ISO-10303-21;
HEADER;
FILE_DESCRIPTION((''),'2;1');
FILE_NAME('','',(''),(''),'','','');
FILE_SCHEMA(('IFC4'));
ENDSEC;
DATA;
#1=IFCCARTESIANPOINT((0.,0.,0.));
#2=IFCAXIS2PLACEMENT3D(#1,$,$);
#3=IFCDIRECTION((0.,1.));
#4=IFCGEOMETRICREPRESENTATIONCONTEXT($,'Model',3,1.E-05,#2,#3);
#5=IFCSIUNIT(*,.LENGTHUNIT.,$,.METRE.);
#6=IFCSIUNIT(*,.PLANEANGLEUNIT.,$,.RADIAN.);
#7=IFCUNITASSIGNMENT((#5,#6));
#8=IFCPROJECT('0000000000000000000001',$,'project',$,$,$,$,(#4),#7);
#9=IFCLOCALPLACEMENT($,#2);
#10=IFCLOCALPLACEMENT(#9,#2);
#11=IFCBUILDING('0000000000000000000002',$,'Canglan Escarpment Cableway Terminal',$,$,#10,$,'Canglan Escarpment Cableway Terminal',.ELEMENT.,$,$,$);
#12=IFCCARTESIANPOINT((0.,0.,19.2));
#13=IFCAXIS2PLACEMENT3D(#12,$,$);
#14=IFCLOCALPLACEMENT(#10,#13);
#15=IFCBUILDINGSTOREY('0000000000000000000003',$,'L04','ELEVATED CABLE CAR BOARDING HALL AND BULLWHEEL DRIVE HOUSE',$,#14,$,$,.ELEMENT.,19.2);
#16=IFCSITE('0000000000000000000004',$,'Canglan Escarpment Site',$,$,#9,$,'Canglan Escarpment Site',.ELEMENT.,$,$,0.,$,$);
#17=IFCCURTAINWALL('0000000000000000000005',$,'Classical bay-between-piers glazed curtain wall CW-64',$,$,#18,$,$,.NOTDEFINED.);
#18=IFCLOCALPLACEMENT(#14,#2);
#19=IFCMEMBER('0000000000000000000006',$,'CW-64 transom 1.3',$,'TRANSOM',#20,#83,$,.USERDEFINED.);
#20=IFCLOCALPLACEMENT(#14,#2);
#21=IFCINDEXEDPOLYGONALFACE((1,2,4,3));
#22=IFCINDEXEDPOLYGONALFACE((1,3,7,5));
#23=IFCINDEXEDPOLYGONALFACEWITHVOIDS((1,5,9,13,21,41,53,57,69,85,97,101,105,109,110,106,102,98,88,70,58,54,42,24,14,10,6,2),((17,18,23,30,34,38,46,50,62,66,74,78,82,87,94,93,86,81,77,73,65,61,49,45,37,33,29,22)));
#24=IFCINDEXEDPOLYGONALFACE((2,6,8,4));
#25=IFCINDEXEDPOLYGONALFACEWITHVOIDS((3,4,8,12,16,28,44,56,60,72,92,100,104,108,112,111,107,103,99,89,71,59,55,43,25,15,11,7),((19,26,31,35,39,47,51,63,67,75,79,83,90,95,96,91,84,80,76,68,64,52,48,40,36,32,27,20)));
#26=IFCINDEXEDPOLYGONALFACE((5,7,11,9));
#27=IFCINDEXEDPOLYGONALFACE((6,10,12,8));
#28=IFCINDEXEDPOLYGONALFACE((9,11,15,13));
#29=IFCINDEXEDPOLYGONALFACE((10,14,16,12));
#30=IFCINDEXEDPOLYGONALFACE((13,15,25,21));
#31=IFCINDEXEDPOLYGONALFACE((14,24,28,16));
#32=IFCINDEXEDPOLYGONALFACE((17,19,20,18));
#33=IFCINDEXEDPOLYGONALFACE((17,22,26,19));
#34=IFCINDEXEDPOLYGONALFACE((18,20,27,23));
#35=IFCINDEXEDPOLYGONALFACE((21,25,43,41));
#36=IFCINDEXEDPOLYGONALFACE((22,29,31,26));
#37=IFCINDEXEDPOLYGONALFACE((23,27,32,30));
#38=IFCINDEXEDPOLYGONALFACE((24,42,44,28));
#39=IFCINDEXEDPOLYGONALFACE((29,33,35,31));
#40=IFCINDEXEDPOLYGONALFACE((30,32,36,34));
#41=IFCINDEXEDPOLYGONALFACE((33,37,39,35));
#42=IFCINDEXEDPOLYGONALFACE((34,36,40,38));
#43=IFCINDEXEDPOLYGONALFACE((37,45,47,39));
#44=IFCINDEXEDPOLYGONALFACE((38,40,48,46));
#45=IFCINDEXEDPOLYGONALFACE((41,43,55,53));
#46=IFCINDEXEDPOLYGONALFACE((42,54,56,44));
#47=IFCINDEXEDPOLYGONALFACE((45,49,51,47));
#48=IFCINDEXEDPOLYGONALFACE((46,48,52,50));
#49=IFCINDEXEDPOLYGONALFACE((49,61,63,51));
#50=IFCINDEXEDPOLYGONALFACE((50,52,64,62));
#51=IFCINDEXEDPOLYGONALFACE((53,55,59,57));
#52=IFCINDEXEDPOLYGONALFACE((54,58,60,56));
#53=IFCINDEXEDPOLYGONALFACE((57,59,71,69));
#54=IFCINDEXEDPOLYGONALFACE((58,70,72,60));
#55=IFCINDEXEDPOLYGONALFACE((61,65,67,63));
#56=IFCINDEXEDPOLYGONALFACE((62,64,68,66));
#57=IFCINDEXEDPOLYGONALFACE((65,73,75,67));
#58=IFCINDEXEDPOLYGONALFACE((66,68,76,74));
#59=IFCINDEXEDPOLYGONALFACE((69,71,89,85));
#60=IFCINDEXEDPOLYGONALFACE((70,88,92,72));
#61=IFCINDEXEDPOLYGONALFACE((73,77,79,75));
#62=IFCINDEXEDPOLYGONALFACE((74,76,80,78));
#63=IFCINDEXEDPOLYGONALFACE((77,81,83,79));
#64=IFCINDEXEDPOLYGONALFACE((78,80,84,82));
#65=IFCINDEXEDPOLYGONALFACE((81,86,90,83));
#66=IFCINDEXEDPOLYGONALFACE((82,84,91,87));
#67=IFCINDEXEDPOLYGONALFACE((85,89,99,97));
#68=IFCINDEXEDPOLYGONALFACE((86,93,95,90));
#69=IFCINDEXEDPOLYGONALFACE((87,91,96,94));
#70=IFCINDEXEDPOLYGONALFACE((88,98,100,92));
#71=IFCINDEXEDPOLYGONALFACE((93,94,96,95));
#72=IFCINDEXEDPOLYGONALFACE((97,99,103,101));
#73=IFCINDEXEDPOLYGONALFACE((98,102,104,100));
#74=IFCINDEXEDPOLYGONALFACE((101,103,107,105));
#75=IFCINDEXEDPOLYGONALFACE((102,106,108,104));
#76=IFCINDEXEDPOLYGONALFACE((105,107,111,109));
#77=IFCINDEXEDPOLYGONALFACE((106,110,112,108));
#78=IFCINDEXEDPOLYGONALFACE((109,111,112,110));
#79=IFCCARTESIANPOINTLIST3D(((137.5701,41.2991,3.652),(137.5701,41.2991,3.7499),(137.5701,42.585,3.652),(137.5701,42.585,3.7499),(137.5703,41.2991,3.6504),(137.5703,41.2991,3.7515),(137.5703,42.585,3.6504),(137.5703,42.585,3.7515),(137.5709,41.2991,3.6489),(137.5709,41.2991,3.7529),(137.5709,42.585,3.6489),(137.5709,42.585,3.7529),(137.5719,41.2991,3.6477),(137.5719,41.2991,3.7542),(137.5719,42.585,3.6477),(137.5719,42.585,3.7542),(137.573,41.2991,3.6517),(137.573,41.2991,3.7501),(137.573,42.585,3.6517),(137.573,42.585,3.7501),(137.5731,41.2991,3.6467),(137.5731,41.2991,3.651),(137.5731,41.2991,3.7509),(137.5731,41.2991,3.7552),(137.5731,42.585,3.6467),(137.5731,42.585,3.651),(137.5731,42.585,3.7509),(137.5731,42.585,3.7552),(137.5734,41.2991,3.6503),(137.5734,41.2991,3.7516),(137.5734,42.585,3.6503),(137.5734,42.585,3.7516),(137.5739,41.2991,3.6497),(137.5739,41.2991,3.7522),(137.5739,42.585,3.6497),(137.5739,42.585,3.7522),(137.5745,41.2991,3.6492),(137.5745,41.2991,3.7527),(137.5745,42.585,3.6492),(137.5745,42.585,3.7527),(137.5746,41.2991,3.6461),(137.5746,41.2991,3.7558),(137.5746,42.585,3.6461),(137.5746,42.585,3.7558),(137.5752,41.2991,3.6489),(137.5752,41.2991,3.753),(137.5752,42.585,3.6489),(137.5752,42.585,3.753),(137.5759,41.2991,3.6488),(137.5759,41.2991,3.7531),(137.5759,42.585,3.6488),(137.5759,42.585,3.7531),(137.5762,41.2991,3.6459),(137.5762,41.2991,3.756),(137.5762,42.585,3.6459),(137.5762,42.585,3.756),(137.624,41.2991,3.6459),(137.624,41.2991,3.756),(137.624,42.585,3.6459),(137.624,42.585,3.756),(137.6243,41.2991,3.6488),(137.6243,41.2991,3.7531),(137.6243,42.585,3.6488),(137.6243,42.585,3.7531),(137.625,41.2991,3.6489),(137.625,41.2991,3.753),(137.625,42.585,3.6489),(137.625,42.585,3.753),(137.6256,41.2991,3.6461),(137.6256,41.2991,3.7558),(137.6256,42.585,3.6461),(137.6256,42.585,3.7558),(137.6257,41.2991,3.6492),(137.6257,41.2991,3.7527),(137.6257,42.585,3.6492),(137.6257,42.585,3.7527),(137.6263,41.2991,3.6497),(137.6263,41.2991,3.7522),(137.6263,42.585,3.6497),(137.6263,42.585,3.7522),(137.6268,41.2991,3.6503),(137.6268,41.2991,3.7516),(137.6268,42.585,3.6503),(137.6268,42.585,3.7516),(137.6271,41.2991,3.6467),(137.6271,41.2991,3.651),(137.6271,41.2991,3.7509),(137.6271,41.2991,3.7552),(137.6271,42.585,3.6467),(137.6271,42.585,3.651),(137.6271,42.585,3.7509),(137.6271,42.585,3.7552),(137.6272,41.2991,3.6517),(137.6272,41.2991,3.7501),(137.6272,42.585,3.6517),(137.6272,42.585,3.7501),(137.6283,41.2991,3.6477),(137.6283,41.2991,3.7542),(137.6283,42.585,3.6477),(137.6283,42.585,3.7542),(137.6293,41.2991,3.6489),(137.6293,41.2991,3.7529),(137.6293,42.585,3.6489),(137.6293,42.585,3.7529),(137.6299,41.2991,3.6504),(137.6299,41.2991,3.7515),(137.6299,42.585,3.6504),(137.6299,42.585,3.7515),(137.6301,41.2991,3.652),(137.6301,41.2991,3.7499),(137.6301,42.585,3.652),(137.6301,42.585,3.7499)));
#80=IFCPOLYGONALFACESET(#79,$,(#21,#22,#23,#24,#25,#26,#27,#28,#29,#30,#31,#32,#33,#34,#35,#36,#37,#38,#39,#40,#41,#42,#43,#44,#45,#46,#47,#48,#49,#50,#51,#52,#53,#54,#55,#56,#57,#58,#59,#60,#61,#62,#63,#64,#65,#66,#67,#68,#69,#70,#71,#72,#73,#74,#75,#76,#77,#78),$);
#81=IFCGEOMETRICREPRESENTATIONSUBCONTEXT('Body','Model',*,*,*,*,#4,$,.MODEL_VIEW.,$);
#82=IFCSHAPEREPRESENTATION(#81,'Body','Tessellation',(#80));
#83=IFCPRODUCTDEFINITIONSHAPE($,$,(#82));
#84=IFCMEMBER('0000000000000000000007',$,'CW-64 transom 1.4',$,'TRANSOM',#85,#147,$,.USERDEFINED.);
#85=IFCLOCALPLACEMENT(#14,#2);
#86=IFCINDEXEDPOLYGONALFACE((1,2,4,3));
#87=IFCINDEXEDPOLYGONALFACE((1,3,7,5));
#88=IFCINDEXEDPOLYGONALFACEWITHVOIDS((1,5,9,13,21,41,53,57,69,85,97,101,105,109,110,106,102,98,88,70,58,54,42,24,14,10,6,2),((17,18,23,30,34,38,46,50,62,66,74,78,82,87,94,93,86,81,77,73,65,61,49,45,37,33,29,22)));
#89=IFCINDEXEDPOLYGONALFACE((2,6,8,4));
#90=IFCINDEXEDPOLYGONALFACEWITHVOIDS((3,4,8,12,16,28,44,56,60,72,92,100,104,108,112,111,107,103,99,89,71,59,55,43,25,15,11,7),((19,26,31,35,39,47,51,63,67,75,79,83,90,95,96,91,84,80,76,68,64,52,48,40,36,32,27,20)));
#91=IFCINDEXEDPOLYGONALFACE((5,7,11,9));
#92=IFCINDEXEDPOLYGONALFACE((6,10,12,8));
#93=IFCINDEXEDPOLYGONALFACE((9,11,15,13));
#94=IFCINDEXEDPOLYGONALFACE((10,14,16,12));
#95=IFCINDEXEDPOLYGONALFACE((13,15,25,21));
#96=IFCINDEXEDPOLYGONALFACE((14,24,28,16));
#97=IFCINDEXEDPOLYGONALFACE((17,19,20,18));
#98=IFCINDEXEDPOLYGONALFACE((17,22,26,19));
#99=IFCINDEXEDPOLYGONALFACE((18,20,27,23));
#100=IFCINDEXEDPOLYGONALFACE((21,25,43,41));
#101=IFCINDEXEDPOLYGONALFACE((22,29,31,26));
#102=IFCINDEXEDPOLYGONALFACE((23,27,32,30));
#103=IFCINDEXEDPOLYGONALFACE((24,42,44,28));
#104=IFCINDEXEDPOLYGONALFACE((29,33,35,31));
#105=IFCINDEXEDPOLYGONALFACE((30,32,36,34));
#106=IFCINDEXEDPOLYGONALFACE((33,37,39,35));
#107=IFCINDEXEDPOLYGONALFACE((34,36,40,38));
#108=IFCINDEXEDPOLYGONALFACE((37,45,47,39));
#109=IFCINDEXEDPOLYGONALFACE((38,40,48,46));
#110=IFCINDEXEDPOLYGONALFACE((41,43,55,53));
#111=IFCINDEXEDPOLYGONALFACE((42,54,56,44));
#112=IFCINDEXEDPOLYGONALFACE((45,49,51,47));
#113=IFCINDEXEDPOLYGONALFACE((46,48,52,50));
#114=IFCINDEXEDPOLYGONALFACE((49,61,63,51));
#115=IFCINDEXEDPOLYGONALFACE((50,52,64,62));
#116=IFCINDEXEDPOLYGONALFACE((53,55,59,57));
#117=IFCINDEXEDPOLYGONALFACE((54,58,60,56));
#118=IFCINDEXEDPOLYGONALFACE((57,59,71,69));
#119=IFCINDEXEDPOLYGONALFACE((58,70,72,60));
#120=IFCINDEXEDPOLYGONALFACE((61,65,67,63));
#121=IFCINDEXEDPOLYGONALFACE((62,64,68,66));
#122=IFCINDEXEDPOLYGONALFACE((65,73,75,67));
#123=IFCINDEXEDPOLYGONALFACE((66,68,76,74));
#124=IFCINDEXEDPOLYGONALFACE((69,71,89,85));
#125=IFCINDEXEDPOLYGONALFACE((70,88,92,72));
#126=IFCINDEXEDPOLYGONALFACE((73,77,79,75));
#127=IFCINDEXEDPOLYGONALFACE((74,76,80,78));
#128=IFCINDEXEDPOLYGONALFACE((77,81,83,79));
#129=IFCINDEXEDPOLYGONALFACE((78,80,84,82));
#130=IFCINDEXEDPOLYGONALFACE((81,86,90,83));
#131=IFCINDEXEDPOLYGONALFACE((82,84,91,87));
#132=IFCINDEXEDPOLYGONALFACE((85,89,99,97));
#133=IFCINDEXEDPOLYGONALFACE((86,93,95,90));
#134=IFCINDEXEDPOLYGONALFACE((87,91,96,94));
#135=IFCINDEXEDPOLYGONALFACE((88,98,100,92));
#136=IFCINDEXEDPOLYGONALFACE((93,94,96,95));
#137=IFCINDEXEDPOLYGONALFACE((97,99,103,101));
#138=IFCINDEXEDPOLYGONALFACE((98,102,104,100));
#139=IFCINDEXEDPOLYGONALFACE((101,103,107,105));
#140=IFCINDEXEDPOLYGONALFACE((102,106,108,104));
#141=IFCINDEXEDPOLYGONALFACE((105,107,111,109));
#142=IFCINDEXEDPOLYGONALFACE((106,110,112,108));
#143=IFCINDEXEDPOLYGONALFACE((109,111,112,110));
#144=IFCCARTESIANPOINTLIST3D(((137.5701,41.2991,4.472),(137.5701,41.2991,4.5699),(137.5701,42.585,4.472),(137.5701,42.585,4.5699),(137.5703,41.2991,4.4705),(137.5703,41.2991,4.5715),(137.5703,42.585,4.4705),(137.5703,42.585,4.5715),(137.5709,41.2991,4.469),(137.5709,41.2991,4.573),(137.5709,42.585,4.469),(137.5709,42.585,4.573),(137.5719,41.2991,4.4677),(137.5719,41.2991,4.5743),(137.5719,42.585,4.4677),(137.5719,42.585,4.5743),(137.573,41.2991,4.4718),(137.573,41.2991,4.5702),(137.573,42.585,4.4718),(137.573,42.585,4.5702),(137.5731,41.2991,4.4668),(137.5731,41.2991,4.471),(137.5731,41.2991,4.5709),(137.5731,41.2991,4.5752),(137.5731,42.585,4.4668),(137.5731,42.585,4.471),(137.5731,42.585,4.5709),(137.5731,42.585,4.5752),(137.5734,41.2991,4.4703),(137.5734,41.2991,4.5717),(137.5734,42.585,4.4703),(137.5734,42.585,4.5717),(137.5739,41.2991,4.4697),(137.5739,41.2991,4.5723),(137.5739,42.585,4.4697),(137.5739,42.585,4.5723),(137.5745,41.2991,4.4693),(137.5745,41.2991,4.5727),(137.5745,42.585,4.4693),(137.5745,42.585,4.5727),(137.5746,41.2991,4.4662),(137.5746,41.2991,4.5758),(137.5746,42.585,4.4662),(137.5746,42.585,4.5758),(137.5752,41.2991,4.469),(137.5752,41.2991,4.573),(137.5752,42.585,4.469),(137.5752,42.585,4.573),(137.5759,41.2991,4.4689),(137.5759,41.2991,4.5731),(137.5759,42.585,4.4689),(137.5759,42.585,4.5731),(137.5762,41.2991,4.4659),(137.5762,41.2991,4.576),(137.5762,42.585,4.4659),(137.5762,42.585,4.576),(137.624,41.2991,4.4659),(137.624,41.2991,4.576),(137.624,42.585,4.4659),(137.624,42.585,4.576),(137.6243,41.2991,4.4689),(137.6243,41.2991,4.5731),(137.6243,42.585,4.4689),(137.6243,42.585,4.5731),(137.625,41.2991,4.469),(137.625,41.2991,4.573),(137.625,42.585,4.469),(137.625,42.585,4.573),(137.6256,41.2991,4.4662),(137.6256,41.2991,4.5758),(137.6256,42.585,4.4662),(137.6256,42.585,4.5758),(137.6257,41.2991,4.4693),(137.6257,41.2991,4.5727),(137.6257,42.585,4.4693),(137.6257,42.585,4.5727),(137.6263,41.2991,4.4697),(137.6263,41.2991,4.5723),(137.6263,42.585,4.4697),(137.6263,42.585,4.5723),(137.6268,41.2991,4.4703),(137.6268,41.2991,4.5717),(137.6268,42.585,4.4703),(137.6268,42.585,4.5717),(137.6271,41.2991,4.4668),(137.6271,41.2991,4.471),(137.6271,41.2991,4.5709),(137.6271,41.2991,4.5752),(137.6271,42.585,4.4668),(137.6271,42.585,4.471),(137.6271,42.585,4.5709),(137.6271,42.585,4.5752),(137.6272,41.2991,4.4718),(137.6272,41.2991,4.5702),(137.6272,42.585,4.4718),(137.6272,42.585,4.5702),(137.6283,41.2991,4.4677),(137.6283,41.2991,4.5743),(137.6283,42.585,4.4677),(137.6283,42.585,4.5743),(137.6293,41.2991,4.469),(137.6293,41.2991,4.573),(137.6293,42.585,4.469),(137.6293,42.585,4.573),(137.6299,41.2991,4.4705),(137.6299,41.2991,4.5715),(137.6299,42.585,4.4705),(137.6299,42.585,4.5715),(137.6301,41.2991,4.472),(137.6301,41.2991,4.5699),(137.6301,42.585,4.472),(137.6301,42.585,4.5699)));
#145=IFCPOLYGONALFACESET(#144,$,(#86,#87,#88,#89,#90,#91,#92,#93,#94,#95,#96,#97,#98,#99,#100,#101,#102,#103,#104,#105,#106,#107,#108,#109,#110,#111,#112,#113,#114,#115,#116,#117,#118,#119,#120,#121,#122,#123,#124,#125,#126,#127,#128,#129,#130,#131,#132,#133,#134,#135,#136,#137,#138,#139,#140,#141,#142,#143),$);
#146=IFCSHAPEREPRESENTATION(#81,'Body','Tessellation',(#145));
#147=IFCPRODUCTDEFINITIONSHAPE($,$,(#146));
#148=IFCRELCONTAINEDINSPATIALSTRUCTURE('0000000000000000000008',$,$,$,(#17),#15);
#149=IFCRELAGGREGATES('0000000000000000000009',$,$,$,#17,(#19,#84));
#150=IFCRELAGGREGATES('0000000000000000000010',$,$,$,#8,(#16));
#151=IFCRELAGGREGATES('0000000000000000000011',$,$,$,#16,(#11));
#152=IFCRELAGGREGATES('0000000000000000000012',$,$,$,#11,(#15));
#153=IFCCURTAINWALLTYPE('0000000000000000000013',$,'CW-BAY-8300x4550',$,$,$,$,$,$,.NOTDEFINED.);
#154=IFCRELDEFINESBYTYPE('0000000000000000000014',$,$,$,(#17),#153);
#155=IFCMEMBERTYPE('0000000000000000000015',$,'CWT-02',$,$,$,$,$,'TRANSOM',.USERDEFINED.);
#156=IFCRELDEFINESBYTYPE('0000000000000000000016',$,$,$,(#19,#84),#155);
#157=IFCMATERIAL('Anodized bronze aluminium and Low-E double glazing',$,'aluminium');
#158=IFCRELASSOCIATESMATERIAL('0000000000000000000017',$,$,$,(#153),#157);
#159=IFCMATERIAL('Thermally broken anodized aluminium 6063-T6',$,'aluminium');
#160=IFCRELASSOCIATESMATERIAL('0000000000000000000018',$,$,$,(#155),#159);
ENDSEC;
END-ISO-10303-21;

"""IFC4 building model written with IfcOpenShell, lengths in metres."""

from ifc_helpers import new_model, si_unit, direction, frame, origin, origin_2d, place, context, subcontext, project, spatial, hollow_rectangle, extrude, material, material_profile, profile_set, type_object, element, aggregate, save


model = new_model("IFC4")

# Units and contexts
model_context = context("Model", 3, precision=1e-05, world=origin(), true_north=direction((0.0, 1.0)))
body_context = subcontext(model_context, "Body", "Model", "MODEL_VIEW")
ifc_project = project(units=[si_unit("LENGTHUNIT", "METRE"), si_unit("PLANEANGLEUNIT", "RADIAN")], contexts=[model_context])

# Site, building, storey
site_placement = place(None, origin())
site = spatial("IfcSite", under=ifc_project, at=site_placement, Name="Canglan Escarpment Site", LongName="Canglan Escarpment Site", CompositionType="ELEMENT", RefElevation=0.0)
building_placement = place(site_placement, origin())
building = spatial("IfcBuilding", under=site, at=building_placement, Name="Canglan Escarpment Cableway Terminal", LongName="Canglan Escarpment Cableway Terminal", CompositionType="ELEMENT")
storey_placement = place(building_placement, frame((0.0, 0.0, 19.2)))
storey = spatial("IfcBuildingStorey", under=building, at=storey_placement, Name="L04", Description="ELEVATED CABLE CAR BOARDING HALL AND BULLWHEEL DRIVE HOUSE", CompositionType="ELEMENT", Elevation=19.2)

# Curtain wall, members
ifc_material_1 = material(Name="Anodized bronze aluminium and Low-E double glazing", Category="aluminium")
curtain_wall_type = type_object("IfcCurtainWallType", Name="CW-BAY-8300x4550", PredefinedType="NOTDEFINED", material=ifc_material_1)
curtain_wall_placement = place(storey_placement, origin())
curtain_wall = element("IfcCurtainWall", 1, at=curtain_wall_placement, inside=storey, type_object=curtain_wall_type, Name="Classical bay-between-piers glazed curtain wall CW-64", PredefinedType="NOTDEFINED")
ifc_material_2 = material(Name="Thermally broken anodized aluminium 6063-T6", Category="aluminium")
ifc_material_profile_1 = material_profile(ifc_material_2, hollow_rectangle(XDim=0.0601, YDim=0.1101, WallThickness=0.0029, InnerFilletRadius=0.0029, OuterFilletRadius=0.0061, at=origin_2d()), Name="ALU-TRAN 60x110x3")
ifc_profile_set_1 = profile_set([ifc_material_profile_1], Name="Thermally broken anodized aluminium 6063-T6")
member_type_1 = type_object("IfcMemberType", Name="CWT-02", ElementType="TRANSOM", PredefinedType="USERDEFINED", material=ifc_profile_set_1)
member_1_placement = place(storey_placement, frame((137.6001, 42.585, 3.7009), z_axis=(0.0, -1.0, 0.0), x_axis=(1.0, 0.0, 0.0)))
member_1 = element("IfcMember", 2, at=member_1_placement, type_object=member_type_1, Name="CW-64 transom 1.3", ObjectType="TRANSOM", PredefinedType="USERDEFINED", context=body_context, shape_type="SweptSolid", body=[
    extrude(hollow_rectangle(XDim=0.0601, YDim=0.1101, WallThickness=0.0029, InnerFilletRadius=0.0029, OuterFilletRadius=0.0061, at=origin_2d()), origin(), (0.0, 0.0, 1.0), 1.2859),
])
member_2_placement = place(storey_placement, frame((137.6001, 42.585, 4.521), z_axis=(0.0, -1.0, 0.0), x_axis=(1.0, 0.0, 0.0)))
member_2 = element("IfcMember", 3, at=member_2_placement, type_object=member_type_1, Name="CW-64 transom 1.4", ObjectType="TRANSOM", PredefinedType="USERDEFINED", context=body_context, shape_type="SweptSolid", body=[
    extrude(hollow_rectangle(XDim=0.0601, YDim=0.1101, WallThickness=0.0029, InnerFilletRadius=0.0029, OuterFilletRadius=0.0061, at=origin_2d()), origin(), (0.0, 0.0, 1.0), 1.2859),
])
aggregate(curtain_wall, [member_1, member_2])

save(model, "model.ifc")
